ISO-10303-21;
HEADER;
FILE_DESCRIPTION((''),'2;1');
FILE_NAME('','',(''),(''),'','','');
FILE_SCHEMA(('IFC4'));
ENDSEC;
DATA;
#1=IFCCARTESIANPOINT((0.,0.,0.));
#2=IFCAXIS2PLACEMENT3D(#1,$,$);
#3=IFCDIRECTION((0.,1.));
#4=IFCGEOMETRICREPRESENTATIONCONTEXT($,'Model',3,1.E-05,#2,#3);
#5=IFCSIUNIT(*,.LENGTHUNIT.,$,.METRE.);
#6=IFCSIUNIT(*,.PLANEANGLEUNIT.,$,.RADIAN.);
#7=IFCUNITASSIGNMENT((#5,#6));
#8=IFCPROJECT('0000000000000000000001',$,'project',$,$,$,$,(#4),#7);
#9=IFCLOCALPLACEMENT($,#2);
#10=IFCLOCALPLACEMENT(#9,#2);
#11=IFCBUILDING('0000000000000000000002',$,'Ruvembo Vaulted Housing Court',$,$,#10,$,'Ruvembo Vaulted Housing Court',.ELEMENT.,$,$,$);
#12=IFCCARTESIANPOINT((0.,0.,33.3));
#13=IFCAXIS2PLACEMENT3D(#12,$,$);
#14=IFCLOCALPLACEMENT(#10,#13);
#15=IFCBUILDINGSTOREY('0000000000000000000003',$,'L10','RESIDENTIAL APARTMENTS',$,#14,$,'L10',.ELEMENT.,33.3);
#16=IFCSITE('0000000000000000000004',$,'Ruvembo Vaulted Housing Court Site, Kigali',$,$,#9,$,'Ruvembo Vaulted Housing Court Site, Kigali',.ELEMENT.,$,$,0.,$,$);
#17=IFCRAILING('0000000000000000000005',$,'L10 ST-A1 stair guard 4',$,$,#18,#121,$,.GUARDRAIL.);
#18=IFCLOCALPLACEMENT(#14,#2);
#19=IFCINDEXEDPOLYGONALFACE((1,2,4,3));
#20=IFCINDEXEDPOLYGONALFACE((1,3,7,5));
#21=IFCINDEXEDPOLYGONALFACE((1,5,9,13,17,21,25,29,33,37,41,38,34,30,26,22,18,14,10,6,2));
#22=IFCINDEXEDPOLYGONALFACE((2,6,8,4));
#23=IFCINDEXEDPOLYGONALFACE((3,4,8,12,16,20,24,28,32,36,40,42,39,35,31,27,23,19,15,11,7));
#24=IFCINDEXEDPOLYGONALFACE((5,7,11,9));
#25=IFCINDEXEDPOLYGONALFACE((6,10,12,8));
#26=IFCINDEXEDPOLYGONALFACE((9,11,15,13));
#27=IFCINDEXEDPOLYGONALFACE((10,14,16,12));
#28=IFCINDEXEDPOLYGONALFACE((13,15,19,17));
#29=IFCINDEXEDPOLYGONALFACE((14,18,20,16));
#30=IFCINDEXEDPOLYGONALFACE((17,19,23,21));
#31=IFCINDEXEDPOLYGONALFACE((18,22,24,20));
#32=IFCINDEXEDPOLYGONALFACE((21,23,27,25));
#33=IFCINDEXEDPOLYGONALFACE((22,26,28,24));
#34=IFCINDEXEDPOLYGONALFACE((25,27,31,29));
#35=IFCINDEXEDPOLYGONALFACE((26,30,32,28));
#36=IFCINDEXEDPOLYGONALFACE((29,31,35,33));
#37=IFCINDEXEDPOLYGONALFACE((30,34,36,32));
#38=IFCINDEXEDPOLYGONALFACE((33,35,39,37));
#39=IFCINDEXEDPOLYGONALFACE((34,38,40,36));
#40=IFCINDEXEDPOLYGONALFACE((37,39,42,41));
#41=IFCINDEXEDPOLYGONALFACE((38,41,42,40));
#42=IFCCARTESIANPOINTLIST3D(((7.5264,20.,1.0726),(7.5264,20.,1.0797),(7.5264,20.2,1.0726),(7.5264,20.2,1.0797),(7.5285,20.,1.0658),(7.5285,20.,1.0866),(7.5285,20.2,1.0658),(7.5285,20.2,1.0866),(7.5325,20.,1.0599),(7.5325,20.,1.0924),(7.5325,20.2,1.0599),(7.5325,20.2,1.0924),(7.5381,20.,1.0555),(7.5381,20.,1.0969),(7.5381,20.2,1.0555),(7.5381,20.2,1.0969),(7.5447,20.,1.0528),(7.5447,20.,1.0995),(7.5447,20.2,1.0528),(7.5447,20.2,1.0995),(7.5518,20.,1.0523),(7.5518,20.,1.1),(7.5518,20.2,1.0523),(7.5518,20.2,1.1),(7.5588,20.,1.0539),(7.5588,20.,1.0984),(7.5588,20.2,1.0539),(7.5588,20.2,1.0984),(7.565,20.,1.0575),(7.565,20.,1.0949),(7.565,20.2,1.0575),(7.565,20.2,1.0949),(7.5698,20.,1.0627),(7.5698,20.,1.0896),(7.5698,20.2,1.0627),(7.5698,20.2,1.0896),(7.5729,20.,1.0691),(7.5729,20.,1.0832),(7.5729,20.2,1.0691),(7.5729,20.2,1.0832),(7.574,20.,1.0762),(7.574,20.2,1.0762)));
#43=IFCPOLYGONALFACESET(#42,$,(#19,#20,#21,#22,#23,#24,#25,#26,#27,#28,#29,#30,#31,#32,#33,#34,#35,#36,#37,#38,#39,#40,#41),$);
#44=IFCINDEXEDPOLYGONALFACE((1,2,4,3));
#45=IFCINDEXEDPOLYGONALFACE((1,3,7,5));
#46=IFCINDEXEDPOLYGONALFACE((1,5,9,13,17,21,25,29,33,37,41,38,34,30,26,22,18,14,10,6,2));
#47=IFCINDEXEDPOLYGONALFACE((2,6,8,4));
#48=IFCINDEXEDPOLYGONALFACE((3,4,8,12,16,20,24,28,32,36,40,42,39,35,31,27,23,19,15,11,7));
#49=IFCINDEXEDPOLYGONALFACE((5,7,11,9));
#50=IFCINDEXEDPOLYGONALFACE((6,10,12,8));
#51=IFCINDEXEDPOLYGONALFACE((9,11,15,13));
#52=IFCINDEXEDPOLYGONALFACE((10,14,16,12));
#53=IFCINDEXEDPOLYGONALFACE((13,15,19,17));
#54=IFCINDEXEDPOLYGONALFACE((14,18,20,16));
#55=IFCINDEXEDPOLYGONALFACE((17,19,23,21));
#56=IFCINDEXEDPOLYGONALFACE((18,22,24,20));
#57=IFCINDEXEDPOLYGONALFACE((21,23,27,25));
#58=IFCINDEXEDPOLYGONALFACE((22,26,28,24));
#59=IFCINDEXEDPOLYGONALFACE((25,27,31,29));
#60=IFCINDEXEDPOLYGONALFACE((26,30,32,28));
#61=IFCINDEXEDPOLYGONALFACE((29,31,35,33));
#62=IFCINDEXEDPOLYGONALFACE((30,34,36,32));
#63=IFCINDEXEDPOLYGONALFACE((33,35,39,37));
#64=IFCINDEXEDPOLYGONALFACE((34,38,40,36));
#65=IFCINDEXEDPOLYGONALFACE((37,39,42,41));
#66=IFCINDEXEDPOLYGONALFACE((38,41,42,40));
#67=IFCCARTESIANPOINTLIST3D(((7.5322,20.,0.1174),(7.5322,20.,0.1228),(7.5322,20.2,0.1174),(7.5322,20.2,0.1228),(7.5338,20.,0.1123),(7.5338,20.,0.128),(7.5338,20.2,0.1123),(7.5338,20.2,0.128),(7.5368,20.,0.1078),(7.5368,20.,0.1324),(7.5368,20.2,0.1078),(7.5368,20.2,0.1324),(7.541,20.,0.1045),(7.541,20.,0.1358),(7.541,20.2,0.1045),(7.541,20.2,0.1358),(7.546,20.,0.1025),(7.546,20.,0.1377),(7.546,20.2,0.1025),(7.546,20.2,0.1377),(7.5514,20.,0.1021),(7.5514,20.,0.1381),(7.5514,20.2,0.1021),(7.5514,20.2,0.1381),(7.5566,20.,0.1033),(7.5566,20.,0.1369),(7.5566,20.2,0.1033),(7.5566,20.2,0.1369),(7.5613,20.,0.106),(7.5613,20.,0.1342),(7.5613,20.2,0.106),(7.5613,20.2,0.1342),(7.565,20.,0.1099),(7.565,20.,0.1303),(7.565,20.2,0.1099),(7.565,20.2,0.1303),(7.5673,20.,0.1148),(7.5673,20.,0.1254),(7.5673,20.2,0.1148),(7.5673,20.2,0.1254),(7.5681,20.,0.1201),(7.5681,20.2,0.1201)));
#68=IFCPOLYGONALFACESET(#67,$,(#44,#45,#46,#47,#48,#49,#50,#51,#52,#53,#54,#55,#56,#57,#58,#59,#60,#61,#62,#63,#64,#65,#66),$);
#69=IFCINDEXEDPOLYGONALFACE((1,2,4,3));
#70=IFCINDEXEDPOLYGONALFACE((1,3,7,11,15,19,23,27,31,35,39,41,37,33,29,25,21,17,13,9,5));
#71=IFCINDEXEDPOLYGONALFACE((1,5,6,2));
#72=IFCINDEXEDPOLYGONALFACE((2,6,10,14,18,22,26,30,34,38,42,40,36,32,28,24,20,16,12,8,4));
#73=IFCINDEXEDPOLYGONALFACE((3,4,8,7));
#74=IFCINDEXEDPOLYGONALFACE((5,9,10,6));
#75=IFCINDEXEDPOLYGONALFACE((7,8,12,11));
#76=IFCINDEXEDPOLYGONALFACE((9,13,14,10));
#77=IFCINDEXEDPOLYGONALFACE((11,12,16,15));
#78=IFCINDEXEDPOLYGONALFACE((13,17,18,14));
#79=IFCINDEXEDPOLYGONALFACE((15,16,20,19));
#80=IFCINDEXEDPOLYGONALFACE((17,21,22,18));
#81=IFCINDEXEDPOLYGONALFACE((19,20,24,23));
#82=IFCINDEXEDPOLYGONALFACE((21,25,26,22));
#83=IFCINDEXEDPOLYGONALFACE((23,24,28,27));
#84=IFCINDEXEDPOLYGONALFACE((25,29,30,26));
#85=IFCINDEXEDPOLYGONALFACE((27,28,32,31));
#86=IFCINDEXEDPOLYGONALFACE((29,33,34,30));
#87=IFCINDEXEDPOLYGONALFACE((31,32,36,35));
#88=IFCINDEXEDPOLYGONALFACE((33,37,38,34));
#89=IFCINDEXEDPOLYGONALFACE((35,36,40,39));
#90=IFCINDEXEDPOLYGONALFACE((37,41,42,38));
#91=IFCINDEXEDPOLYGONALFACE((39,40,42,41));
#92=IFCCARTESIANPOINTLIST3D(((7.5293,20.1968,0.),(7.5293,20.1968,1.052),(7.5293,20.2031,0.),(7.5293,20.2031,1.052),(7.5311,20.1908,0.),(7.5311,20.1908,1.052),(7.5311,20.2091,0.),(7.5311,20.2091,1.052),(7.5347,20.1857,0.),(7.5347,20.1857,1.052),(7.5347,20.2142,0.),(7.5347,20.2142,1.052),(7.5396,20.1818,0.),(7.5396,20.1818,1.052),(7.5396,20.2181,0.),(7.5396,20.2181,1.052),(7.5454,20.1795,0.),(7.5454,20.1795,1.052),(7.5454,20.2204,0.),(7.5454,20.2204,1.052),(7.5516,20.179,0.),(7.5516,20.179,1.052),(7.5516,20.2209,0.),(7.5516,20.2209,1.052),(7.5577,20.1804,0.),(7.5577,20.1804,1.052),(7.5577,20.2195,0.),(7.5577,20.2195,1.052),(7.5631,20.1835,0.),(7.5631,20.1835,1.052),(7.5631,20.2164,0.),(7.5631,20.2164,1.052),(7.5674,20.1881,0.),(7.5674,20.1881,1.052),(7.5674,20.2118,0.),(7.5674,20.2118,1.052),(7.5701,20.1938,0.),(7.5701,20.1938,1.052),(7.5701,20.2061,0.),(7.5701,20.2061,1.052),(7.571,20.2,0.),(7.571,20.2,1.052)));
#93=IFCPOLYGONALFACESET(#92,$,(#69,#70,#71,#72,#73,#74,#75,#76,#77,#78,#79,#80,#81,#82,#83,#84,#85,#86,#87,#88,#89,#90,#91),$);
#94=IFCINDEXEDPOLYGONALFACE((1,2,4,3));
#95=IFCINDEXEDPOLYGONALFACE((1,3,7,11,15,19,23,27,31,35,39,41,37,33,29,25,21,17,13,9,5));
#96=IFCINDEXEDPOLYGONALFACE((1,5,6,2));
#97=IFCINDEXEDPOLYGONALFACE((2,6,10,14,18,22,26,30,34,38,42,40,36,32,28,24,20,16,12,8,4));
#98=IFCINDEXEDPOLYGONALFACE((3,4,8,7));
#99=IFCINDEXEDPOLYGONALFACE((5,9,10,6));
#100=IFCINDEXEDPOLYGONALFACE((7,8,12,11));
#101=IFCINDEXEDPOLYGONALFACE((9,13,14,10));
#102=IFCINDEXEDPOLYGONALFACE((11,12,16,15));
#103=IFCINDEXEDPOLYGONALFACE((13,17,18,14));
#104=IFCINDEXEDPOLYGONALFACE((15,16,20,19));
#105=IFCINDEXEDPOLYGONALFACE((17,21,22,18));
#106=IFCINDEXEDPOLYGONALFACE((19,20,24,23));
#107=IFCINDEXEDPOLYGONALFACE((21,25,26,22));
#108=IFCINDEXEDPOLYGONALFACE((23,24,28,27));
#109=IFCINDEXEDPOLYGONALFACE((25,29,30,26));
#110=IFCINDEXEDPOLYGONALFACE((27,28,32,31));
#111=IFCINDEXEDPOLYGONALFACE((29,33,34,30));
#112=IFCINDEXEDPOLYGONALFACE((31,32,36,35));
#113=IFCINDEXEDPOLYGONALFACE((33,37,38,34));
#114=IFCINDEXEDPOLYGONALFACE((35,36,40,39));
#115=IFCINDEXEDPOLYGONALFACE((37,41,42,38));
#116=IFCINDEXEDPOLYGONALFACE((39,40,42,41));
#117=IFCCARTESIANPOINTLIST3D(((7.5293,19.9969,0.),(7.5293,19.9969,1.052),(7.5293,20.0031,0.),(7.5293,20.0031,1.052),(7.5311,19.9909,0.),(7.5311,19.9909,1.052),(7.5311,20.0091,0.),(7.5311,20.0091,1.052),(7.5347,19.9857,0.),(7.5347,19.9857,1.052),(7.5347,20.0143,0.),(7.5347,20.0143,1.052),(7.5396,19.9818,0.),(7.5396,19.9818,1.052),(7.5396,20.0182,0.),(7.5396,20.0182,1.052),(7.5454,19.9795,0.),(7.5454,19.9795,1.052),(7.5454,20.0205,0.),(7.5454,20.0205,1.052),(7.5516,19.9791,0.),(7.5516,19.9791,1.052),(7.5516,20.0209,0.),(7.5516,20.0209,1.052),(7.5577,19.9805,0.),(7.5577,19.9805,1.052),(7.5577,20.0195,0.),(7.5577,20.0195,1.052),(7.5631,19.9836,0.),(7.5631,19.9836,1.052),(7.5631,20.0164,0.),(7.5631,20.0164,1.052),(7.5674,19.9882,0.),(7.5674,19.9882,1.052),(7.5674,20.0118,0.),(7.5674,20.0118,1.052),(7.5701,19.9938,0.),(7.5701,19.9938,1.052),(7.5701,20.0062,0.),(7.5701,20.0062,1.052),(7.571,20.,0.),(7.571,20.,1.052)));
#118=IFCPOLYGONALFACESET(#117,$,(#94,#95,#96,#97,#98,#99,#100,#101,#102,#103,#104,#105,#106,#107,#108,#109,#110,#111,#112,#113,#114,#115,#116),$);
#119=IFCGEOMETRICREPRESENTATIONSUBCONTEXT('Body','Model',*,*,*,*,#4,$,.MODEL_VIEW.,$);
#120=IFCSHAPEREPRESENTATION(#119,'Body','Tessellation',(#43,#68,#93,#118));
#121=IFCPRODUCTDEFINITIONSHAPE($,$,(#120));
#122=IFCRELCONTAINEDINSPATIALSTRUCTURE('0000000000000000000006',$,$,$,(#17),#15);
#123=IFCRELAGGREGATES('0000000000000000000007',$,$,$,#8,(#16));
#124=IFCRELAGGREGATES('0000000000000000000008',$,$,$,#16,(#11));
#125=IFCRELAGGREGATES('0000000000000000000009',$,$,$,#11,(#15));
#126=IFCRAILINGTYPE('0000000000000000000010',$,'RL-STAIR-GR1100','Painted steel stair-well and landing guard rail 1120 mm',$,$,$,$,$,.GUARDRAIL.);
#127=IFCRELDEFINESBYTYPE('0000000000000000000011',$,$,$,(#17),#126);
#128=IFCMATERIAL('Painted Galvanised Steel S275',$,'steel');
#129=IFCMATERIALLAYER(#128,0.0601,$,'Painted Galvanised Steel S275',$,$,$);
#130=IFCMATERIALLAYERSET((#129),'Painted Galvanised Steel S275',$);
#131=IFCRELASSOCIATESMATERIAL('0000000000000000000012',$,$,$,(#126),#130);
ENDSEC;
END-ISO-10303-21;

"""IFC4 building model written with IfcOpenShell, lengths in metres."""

from ifc_helpers import new_model, si_unit, direction, frame, origin, origin_2d, place, context, subcontext, project, spatial, circle, extrude, material, layer, layer_set, type_object, element, save


model = new_model("IFC4")

# Units and contexts
model_context = context("Model", 3, precision=1e-05, world=origin(), true_north=direction((0.0, 1.0)))
body_context = subcontext(model_context, "Body", "Model", "MODEL_VIEW")
ifc_project = project(units=[si_unit("LENGTHUNIT", "METRE"), si_unit("PLANEANGLEUNIT", "RADIAN")], contexts=[model_context])

# Site, building, storey
site_placement = place(None, origin())
site = spatial("IfcSite", under=ifc_project, at=site_placement, Name="Ruvembo Vaulted Housing Court Site, Kigali", LongName="Ruvembo Vaulted Housing Court Site, Kigali", CompositionType="ELEMENT", RefElevation=0.0)
building_placement = place(site_placement, origin())
building = spatial("IfcBuilding", under=site, at=building_placement, Name="Ruvembo Vaulted Housing Court", LongName="Ruvembo Vaulted Housing Court", CompositionType="ELEMENT")
storey_placement = place(building_placement, frame((0.0, 0.0, 33.3)))
storey = spatial("IfcBuildingStorey", under=building, at=storey_placement, Name="L10", Description="RESIDENTIAL APARTMENTS", LongName="L10", CompositionType="ELEMENT", Elevation=33.3)

# Railing
ifc_material_1 = material(Name="Painted Galvanised Steel S275", Category="steel")
ifc_layer_1 = layer(ifc_material_1, 0.0601, Name="Painted Galvanised Steel S275")
ifc_layer_set_1 = layer_set([ifc_layer_1], Name="Painted Galvanised Steel S275")
railing_type_1 = type_object("IfcRailingType", Name="RL-STAIR-GR1100", Description="Painted steel stair-well and landing guard rail 1120 mm", PredefinedType="GUARDRAIL", material=ifc_layer_set_1)
railing_1_placement = place(storey_placement, frame((7.55, 20.2, 0.0)))
element("IfcRailing", 1, at=railing_1_placement, inside=storey, type_object=railing_type_1, Name="L10 ST-A1 stair guard 4", PredefinedType="GUARDRAIL", context=body_context, shape_type="SweptSolid", body=[
    extrude(circle(Radius=0.0239, at=origin_2d()), frame((0.0, 0.0, 1.0762), z_axis=(0.0, -1.0, 0.0), x_axis=(1.0, 0.0, 0.0)), (0.0, 0.0, 1.0), 0.2),
    extrude(circle(Radius=0.0181, at=origin_2d()), frame((0.0, 0.0, 0.1201), z_axis=(0.0, -1.0, 0.0), x_axis=(1.0, 0.0, 0.0)), (0.0, 0.0, 1.0), 0.2),
    extrude(circle(Radius=0.021, at=origin_2d()), origin(), (0.0, 0.0, 1.0), 1.052),
    extrude(circle(Radius=0.021, at=origin_2d()), frame((0.0, -0.2, 0.0)), (0.0, 0.0, 1.0), 1.052),
])

save(model, "model.ifc")
